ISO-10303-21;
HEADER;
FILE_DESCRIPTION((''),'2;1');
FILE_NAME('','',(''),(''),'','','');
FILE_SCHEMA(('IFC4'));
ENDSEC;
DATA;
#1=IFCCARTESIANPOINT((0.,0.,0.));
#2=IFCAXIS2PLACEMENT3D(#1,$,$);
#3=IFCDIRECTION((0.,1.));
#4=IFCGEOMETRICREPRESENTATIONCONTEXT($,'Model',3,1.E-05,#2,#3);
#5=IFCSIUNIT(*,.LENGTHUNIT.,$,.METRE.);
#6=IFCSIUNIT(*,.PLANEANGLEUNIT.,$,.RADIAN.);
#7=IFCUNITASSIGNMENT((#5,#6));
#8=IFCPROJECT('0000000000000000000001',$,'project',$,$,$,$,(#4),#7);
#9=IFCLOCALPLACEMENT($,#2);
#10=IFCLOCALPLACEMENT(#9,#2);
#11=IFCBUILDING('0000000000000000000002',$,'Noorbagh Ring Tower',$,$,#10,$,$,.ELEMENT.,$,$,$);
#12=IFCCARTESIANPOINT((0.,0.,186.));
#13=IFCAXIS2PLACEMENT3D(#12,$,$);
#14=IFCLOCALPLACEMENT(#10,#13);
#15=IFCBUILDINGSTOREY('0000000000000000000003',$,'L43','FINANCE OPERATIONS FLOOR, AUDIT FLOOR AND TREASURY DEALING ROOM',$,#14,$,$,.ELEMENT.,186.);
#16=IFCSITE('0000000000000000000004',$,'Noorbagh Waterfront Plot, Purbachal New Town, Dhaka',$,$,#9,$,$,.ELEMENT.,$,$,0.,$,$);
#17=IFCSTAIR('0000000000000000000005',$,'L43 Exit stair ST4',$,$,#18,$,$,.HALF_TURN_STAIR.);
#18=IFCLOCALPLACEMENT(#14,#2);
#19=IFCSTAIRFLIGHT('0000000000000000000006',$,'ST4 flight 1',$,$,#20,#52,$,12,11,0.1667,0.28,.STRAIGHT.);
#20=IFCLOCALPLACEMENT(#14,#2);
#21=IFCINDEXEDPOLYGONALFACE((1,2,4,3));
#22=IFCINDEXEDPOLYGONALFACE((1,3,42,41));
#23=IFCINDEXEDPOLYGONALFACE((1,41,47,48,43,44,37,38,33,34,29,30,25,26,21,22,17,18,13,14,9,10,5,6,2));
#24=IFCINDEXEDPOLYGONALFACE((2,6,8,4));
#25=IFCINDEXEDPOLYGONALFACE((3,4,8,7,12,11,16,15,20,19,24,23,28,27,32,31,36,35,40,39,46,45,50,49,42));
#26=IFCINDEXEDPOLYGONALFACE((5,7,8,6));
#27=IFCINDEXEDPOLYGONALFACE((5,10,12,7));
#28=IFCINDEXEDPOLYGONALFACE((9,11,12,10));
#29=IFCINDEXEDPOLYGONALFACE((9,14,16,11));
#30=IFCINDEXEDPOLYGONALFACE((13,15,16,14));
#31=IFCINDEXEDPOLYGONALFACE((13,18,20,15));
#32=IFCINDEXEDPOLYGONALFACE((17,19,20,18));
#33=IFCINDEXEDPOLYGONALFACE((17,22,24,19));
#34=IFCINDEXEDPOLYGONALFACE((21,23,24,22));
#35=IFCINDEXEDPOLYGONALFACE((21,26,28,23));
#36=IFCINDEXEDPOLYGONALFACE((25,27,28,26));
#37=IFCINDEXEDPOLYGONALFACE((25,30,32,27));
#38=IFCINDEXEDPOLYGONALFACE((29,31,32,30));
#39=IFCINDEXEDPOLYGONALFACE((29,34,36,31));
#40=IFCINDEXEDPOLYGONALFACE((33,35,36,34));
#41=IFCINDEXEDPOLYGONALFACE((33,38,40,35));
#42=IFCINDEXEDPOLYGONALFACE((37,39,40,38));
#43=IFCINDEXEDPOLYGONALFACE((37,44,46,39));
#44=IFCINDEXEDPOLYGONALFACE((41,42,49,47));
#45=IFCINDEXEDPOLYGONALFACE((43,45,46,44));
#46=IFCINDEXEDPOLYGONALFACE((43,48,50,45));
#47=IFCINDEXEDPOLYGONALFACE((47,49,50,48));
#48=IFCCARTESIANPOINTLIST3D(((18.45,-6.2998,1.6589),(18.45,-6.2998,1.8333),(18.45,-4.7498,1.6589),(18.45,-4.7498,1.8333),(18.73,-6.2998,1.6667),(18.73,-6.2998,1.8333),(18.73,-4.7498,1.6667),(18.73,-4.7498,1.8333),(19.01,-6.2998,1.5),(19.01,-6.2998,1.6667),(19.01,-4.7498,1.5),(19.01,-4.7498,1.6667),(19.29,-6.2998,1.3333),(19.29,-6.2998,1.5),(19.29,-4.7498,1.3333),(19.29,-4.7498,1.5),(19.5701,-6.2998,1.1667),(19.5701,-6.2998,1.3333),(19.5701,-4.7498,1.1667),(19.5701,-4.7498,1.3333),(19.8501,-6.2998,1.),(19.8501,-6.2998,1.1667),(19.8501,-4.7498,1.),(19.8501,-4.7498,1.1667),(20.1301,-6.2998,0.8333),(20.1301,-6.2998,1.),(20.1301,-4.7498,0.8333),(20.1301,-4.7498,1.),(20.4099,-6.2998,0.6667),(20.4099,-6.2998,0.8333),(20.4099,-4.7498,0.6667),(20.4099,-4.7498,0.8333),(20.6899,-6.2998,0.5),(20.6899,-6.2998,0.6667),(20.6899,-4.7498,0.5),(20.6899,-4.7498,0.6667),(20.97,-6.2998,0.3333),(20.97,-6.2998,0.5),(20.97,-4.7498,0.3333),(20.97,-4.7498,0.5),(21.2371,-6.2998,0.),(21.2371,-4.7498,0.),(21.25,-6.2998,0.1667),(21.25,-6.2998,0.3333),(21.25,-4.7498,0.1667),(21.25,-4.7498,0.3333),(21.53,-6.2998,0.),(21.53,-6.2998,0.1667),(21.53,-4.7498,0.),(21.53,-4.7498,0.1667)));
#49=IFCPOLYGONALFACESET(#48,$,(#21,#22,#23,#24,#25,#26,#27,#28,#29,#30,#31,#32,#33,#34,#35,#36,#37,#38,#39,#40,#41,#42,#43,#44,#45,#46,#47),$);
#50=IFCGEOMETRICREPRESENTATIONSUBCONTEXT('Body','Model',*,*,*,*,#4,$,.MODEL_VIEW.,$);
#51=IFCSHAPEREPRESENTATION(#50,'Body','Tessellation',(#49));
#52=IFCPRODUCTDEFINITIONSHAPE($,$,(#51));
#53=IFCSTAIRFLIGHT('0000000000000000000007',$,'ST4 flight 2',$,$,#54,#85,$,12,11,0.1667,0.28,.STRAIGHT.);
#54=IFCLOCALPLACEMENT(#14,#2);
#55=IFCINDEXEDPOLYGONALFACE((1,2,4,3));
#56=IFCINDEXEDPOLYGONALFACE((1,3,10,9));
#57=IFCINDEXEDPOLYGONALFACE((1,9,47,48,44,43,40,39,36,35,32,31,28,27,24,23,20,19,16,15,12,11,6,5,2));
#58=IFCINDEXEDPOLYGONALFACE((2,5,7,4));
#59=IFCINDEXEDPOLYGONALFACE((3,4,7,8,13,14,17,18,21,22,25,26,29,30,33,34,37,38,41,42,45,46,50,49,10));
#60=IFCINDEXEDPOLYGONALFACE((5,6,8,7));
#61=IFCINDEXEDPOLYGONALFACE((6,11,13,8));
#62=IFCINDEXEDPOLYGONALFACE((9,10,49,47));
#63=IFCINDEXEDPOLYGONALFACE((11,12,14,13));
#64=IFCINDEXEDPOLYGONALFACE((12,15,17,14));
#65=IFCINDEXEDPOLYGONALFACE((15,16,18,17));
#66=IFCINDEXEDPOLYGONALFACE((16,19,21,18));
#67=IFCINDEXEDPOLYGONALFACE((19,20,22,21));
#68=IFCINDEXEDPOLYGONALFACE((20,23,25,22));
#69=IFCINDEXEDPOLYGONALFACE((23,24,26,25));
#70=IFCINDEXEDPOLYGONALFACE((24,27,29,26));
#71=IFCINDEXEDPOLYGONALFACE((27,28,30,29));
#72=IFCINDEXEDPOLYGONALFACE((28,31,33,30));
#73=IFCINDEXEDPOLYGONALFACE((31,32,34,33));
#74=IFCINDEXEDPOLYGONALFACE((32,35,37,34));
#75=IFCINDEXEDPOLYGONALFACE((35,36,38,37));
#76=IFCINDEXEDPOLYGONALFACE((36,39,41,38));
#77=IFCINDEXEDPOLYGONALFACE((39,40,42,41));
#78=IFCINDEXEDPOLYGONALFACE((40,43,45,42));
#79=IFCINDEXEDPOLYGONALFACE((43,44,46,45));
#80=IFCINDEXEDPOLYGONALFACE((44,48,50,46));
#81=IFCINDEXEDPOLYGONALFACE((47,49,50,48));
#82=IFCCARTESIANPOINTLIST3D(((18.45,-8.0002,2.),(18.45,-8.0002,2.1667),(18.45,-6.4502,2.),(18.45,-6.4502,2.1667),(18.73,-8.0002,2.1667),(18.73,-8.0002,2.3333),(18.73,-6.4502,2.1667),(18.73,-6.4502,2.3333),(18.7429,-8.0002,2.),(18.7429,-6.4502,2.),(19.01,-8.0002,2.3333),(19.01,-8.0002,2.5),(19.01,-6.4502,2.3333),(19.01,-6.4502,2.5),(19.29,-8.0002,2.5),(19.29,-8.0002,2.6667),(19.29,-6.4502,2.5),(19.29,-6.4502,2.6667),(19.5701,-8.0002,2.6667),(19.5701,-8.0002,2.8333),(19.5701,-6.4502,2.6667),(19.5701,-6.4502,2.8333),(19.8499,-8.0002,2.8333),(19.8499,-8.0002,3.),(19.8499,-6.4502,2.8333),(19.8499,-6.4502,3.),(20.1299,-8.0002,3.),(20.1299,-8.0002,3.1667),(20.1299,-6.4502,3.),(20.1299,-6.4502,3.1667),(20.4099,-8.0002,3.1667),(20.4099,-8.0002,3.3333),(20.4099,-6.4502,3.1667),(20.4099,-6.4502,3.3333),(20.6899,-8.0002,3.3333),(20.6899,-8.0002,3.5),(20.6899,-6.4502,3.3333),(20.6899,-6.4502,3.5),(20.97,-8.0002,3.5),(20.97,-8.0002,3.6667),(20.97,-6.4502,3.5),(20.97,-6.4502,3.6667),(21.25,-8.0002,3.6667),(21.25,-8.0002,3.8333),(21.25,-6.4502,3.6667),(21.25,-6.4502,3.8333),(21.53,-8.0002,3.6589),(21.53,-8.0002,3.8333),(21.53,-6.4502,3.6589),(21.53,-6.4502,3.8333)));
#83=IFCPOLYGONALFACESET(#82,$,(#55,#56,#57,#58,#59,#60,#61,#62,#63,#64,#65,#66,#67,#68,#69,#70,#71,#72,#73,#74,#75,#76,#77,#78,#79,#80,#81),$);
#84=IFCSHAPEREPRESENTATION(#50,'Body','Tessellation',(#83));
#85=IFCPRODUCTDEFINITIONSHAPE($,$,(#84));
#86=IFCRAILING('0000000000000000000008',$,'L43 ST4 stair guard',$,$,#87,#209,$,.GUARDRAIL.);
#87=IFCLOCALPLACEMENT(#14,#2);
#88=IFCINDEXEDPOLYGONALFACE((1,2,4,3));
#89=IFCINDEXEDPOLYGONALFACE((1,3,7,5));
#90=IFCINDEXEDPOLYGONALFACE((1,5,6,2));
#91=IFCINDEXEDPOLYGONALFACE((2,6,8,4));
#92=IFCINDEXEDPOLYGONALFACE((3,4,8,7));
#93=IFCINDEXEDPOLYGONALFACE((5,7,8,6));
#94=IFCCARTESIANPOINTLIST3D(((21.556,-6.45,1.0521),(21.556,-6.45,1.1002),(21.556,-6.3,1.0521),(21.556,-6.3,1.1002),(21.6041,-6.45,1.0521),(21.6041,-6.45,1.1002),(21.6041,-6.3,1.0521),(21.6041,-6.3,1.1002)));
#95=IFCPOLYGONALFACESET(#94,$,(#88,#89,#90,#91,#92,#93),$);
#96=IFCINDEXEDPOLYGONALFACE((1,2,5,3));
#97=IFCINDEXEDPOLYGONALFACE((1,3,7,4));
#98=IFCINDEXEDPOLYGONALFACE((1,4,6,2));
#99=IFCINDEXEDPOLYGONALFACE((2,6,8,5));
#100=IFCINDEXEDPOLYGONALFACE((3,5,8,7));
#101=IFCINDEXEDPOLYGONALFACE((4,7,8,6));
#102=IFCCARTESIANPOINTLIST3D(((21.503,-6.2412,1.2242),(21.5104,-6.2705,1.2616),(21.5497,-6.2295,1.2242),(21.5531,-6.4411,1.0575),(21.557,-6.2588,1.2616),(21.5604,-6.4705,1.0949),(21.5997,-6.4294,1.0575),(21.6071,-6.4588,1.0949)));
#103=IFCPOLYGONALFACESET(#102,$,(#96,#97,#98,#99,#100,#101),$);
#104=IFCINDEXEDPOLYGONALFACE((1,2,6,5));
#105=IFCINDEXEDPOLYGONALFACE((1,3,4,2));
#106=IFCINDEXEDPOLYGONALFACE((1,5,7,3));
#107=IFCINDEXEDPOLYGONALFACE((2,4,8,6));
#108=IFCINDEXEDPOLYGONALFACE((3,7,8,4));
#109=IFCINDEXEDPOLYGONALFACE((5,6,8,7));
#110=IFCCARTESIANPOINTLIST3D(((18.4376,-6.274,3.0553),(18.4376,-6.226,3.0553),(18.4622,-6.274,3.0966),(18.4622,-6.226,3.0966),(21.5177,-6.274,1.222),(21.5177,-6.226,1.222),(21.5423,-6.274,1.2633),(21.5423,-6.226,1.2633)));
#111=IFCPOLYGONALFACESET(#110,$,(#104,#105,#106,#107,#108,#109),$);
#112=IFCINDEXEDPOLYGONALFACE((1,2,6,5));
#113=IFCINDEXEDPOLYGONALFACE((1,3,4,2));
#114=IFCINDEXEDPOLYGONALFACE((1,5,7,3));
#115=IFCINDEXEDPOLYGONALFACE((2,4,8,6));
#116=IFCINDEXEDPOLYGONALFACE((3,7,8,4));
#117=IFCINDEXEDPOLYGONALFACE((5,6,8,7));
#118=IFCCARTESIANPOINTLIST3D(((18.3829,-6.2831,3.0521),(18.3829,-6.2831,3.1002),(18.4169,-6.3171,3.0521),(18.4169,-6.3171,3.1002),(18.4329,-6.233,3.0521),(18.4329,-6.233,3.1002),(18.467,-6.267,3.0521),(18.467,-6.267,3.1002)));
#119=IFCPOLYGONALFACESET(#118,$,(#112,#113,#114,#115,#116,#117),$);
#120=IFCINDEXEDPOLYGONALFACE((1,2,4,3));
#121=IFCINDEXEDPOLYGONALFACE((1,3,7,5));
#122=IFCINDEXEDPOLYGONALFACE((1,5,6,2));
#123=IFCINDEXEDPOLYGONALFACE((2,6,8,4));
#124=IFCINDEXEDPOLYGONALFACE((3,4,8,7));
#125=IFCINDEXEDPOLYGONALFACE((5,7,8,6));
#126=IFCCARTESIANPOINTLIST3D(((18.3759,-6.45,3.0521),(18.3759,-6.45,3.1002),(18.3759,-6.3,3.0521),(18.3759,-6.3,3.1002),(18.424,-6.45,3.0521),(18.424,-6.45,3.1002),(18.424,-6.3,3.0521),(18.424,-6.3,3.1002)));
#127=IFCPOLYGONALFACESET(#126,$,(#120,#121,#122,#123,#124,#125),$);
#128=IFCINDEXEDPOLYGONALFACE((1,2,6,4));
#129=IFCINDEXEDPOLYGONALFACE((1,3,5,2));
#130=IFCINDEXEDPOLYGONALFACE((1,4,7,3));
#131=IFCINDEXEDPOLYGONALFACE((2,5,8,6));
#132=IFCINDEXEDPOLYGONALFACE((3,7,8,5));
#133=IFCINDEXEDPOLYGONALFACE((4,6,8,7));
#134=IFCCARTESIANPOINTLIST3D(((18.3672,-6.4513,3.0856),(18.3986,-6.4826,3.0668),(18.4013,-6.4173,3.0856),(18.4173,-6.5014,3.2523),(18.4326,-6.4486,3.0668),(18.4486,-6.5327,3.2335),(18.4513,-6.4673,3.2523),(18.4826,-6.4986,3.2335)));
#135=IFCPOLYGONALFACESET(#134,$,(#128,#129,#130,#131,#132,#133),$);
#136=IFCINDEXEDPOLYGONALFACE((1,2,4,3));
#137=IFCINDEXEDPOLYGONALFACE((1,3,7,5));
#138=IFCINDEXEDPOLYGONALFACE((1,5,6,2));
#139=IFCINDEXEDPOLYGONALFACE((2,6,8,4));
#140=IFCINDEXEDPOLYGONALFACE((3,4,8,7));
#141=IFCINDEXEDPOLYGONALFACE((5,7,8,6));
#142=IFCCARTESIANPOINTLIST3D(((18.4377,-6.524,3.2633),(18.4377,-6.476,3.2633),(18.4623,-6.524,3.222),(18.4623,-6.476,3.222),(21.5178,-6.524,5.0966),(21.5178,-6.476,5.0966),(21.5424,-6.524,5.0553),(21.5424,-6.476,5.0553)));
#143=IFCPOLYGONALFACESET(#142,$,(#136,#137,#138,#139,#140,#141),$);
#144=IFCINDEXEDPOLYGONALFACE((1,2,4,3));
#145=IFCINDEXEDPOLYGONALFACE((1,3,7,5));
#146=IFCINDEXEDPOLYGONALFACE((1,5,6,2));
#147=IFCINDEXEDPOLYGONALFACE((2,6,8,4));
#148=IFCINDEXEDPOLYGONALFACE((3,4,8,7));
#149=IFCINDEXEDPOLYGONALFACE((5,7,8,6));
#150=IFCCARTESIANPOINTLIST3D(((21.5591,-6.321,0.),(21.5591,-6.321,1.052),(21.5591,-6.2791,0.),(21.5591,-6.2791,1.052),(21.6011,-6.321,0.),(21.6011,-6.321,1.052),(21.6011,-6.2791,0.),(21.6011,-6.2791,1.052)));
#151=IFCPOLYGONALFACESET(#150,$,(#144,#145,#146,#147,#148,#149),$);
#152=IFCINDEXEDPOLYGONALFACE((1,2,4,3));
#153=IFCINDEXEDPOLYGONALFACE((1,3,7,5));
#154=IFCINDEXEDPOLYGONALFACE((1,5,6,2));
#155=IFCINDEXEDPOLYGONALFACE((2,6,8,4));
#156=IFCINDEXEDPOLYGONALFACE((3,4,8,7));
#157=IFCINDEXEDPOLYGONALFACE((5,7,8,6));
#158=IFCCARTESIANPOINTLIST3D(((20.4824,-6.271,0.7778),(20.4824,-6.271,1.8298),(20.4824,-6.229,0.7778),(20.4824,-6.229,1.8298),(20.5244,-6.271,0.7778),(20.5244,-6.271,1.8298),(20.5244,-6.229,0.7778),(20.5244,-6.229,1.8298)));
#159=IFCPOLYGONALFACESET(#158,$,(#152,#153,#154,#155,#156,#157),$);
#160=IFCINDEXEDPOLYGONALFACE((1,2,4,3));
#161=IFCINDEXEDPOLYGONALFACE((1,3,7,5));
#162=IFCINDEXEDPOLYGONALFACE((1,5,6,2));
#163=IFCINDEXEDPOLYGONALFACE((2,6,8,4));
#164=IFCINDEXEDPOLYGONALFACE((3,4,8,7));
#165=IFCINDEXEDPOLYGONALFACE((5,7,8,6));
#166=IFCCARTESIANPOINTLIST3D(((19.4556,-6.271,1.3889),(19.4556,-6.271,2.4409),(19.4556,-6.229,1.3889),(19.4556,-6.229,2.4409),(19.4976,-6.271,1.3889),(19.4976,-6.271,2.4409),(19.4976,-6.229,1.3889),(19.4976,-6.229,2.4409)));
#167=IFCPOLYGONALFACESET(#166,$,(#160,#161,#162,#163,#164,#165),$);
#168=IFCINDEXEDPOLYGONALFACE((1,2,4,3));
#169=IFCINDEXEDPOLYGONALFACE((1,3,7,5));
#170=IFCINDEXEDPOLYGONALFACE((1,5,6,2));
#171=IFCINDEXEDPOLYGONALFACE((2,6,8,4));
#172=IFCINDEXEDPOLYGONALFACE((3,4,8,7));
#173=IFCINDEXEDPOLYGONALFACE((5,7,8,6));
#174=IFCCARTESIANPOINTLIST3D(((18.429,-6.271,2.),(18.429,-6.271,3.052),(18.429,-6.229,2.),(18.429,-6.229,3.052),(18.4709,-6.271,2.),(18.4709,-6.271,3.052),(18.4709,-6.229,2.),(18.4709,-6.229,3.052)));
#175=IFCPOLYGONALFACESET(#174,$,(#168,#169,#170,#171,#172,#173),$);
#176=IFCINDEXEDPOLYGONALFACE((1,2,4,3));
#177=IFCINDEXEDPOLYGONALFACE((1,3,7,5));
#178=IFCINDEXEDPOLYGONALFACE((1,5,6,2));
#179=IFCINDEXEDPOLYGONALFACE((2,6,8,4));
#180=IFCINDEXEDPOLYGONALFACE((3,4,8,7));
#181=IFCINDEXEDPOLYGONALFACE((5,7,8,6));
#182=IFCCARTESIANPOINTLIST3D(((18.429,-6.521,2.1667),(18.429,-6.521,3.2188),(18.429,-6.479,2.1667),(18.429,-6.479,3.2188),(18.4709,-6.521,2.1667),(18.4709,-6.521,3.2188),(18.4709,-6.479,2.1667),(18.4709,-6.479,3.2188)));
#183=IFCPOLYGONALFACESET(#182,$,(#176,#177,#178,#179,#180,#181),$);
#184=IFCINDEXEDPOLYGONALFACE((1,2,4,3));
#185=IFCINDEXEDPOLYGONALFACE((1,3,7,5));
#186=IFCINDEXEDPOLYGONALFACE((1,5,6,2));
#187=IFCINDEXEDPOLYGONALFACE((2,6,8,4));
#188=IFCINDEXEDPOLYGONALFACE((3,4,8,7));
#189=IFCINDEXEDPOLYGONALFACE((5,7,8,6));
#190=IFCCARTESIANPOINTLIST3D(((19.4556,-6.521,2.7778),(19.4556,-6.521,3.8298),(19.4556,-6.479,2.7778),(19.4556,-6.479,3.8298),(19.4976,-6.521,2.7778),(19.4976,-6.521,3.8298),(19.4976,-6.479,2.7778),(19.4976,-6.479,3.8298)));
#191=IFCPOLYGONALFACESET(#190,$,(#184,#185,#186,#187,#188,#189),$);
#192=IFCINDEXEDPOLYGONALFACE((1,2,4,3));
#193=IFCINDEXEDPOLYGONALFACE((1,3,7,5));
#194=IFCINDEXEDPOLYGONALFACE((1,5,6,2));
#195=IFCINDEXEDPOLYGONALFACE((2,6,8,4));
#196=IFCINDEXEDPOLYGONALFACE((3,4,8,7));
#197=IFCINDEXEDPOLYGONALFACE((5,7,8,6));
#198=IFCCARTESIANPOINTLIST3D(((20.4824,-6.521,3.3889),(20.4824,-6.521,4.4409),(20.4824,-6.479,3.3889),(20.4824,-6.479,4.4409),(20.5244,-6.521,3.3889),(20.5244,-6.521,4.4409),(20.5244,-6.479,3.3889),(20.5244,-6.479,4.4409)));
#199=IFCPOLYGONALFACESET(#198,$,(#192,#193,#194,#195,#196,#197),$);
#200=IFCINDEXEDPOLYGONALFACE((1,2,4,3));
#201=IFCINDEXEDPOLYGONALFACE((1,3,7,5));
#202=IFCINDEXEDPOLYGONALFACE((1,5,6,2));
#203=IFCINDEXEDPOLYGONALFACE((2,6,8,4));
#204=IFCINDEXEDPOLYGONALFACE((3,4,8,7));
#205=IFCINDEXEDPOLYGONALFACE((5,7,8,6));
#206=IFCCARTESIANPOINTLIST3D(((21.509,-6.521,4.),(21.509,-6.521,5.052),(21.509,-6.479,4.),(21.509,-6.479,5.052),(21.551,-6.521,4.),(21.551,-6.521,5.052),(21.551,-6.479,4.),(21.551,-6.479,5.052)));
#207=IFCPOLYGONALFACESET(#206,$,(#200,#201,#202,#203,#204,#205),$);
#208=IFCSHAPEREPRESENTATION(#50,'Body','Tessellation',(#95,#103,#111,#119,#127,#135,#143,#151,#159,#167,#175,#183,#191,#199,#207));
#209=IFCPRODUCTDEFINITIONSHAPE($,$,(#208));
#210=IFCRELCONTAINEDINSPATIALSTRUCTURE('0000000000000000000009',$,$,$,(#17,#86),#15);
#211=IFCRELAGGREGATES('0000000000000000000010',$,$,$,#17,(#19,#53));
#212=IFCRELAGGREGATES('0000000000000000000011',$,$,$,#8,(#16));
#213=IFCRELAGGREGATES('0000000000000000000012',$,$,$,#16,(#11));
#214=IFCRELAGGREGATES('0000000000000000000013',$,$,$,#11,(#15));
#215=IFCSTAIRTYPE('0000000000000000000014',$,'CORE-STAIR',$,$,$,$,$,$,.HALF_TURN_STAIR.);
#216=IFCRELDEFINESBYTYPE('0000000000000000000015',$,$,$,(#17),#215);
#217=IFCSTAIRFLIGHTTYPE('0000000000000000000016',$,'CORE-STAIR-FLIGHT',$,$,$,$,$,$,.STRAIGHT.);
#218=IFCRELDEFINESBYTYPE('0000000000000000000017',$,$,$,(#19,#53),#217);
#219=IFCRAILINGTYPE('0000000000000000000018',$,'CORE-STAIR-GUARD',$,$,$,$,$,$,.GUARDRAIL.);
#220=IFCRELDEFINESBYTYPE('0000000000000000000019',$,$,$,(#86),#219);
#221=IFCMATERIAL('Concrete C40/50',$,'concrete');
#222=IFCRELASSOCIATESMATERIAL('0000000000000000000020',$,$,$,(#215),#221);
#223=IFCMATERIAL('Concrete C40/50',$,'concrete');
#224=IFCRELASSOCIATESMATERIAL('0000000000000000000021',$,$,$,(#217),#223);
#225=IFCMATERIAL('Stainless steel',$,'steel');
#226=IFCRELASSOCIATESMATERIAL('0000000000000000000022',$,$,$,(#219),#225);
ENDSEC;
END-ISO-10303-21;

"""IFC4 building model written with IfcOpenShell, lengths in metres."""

from ifc_helpers import new_model, si_unit, direction, frame, origin, origin_2d, place, context, subcontext, project, spatial, polyline, rectangle, outline, extrude, material, type_object, element, aggregate, save


model = new_model("IFC4")

# Units and contexts
model_context = context("Model", 3, precision=1e-05, world=origin(), true_north=direction((0.0, 1.0)))
body_context = subcontext(model_context, "Body", "Model", "MODEL_VIEW")
ifc_project = project(units=[si_unit("LENGTHUNIT", "METRE"), si_unit("PLANEANGLEUNIT", "RADIAN")], contexts=[model_context])

# Site, building, storey
site_placement = place(None, origin())
site = spatial("IfcSite", under=ifc_project, at=site_placement, Name="Noorbagh Waterfront Plot, Purbachal New Town, Dhaka", CompositionType="ELEMENT", RefElevation=0.0)
building_placement = place(site_placement, origin())
building = spatial("IfcBuilding", under=site, at=building_placement, Name="Noorbagh Ring Tower", CompositionType="ELEMENT")
storey_placement = place(building_placement, frame((0.0, 0.0, 186.0)))
storey = spatial("IfcBuildingStorey", under=building, at=storey_placement, Name="L43", Description="FINANCE OPERATIONS FLOOR, AUDIT FLOOR AND TREASURY DEALING ROOM", CompositionType="ELEMENT", Elevation=186.0)

# Stair, stair flights
ifc_material_1 = material(Name="Concrete C40/50", Category="concrete")
stair_type = type_object("IfcStairType", Name="CORE-STAIR", PredefinedType="HALF_TURN_STAIR", material=ifc_material_1)
stair_placement = place(storey_placement, origin())
stair = element("IfcStair", 1, at=stair_placement, inside=storey, type_object=stair_type, Name="L43 Exit stair ST4", PredefinedType="HALF_TURN_STAIR")
ifc_material_2 = material(Name="Concrete C40/50", Category="concrete")
stair_flight_type = type_object("IfcStairFlightType", Name="CORE-STAIR-FLIGHT", PredefinedType="STRAIGHT", material=ifc_material_2)
stair_flight_1_placement = place(storey_placement, frame((21.53, -5.5249, 0.0), z_axis=(0.0, 0.0, 1.0), x_axis=(-1.0, 0.0, 0.0)))
stair_flight_1 = element("IfcStairFlight", 2, at=stair_flight_1_placement, type_object=stair_flight_type, Name="ST4 flight 1", NumberOfRisers=12, NumberOfTreads=11, PredefinedType="STRAIGHT", RiserHeight=0.1667, TreadLength=0.28, context=body_context, shape_type="SweptSolid", body=[
    extrude(outline(polyline([(0.0, 0.0), (0.0, 0.1667), (0.28, 0.1667), (0.28, 0.3333), (0.5601, 0.3333), (0.5601, 0.5), (0.8401, 0.5), (0.8401, 0.6667), (1.1201, 0.6667), (1.1201, 0.8333), (1.3999, 0.8333), (1.3999, 1.0), (1.6799, 1.0), (1.6799, 1.1667), (1.96, 1.1667), (1.96, 1.3333), (2.24, 1.3333), (2.24, 1.5), (2.52, 1.5), (2.52, 1.6667), (2.8, 1.6667), (2.8, 1.8333), (3.0801, 1.8333), (3.0801, 2.0), (3.0801, 1.6589), (0.293, 0.0), (0.0, 0.0)])), frame((0.0, 0.7749, 0.0), z_axis=(0.0, -1.0, 0.0), x_axis=(1.0, 0.0, 0.0)), (0.0, 0.0, 1.0), 1.55),
])
stair_flight_2_placement = place(storey_placement, frame((18.45, -7.2251, 2.0), z_axis=(0.0, 0.0, 1.0), x_axis=(1.0, 0.0, 0.0)))
stair_flight_2 = element("IfcStairFlight", 3, at=stair_flight_2_placement, type_object=stair_flight_type, Name="ST4 flight 2", NumberOfRisers=12, NumberOfTreads=11, PredefinedType="STRAIGHT", RiserHeight=0.1667, TreadLength=0.28, context=body_context, shape_type="SweptSolid", body=[
    extrude(outline(polyline([(0.0, 0.0), (0.0, 0.1667), (0.28, 0.1667), (0.28, 0.3333), (0.5601, 0.3333), (0.5601, 0.5), (0.8401, 0.5), (0.8401, 0.6667), (1.1201, 0.6667), (1.1201, 0.8333), (1.3999, 0.8333), (1.3999, 1.0), (1.6799, 1.0), (1.6799, 1.1667), (1.96, 1.1667), (1.96, 1.3333), (2.24, 1.3333), (2.24, 1.5), (2.52, 1.5), (2.52, 1.6667), (2.8, 1.6667), (2.8, 1.8333), (3.0801, 1.8333), (3.0801, 2.0), (3.0801, 1.6589), (0.293, 0.0), (0.0, 0.0)])), frame((0.0, 0.7749, 0.0), z_axis=(0.0, -1.0, 0.0), x_axis=(1.0, 0.0, 0.0)), (0.0, 0.0, 1.0), 1.55),
])
aggregate(stair, [stair_flight_1, stair_flight_2])

# Railing
ifc_material_3 = material(Name="Stainless steel", Category="steel")
railing_type_1 = type_object("IfcRailingType", Name="CORE-STAIR-GUARD", PredefinedType="GUARDRAIL", material=ifc_material_3)
railing_1_placement = place(storey_placement, frame((21.5801, -6.3, 0.0)))
element("IfcRailing", 4, at=railing_1_placement, inside=storey, type_object=railing_type_1, Name="L43 ST4 stair guard", PredefinedType="GUARDRAIL", context=body_context, shape_type="SweptSolid", body=[
    extrude(rectangle(XDim=0.0481, YDim=0.0481, at=origin_2d()), frame((0.0, 0.0, 1.0762), z_axis=(0.0, -1.0, 0.0), x_axis=(1.0, 0.0, 0.0)), (0.0, 0.0, 1.0), 0.1499),
    extrude(rectangle(XDim=0.0481, YDim=0.0481, at=origin_2d()), frame((0.0, -0.1499, 1.0762), z_axis=(-0.188776, 0.754182, 0.628946), x_axis=(-0.970073, -0.242814, 0.0)), (0.0, 0.0, 1.0), 0.2651),
    extrude(rectangle(XDim=0.0481, YDim=0.0481, at=origin_2d()), frame((-0.05, 0.05, 1.2427), z_axis=(-0.859309, 0.0, 0.511458), x_axis=(0.0, -1.0, 0.0)), (0.0, 0.0, 1.0), 3.5845),
    extrude(rectangle(XDim=0.0481, YDim=0.0481, at=origin_2d()), frame((-3.1301, 0.05, 3.0762), z_axis=(-0.707107, -0.707107, 0.0), x_axis=(0.707107, -0.707107, 0.0)), (0.0, 0.0, 1.0), 0.0708),
    extrude(rectangle(XDim=0.0481, YDim=0.0481, at=origin_2d()), frame((-3.1802, 0.0, 3.0762), z_axis=(0.0, -1.0, 0.0), x_axis=(1.0, 0.0, 0.0)), (0.0, 0.0, 1.0), 0.1499),
    extrude(rectangle(XDim=0.0481, YDim=0.0481, at=origin_2d()), frame((-3.1802, -0.1499, 3.0762), z_axis=(0.276287, -0.276287, 0.920506), x_axis=(0.707107, 0.707107, 0.0)), (0.0, 0.0, 1.0), 0.1812),
    extrude(rectangle(XDim=0.0481, YDim=0.0481, at=origin_2d()), frame((-3.1301, -0.2, 3.2427), z_axis=(0.859309, 0.0, 0.511458), x_axis=(0.0, 1.0, 0.0)), (0.0, 0.0, 1.0), 3.5845),
    extrude(rectangle(XDim=0.042, YDim=0.042, at=origin_2d()), origin(), (0.0, 0.0, 1.0), 1.052),
    extrude(rectangle(XDim=0.042, YDim=0.042, at=origin_2d()), frame((-1.0767, 0.05, 0.7778)), (0.0, 0.0, 1.0), 1.052),
    extrude(rectangle(XDim=0.042, YDim=0.042, at=origin_2d()), frame((-2.1035, 0.05, 1.3889)), (0.0, 0.0, 1.0), 1.052),
    extrude(rectangle(XDim=0.042, YDim=0.042, at=origin_2d()), frame((-3.1301, 0.05, 2.0)), (0.0, 0.0, 1.0), 1.052),
    extrude(rectangle(XDim=0.042, YDim=0.042, at=origin_2d()), frame((-3.1301, -0.2, 2.1667)), (0.0, 0.0, 1.0), 1.052),
    extrude(rectangle(XDim=0.042, YDim=0.042, at=origin_2d()), frame((-2.1035, -0.2, 2.7778)), (0.0, 0.0, 1.0), 1.052),
    extrude(rectangle(XDim=0.042, YDim=0.042, at=origin_2d()), frame((-1.0767, -0.2, 3.3889)), (0.0, 0.0, 1.0), 1.052),
    extrude(rectangle(XDim=0.042, YDim=0.042, at=origin_2d()), frame((-0.05, -0.2, 4.0)), (0.0, 0.0, 1.0), 1.052),
])

save(model, "model.ifc")
